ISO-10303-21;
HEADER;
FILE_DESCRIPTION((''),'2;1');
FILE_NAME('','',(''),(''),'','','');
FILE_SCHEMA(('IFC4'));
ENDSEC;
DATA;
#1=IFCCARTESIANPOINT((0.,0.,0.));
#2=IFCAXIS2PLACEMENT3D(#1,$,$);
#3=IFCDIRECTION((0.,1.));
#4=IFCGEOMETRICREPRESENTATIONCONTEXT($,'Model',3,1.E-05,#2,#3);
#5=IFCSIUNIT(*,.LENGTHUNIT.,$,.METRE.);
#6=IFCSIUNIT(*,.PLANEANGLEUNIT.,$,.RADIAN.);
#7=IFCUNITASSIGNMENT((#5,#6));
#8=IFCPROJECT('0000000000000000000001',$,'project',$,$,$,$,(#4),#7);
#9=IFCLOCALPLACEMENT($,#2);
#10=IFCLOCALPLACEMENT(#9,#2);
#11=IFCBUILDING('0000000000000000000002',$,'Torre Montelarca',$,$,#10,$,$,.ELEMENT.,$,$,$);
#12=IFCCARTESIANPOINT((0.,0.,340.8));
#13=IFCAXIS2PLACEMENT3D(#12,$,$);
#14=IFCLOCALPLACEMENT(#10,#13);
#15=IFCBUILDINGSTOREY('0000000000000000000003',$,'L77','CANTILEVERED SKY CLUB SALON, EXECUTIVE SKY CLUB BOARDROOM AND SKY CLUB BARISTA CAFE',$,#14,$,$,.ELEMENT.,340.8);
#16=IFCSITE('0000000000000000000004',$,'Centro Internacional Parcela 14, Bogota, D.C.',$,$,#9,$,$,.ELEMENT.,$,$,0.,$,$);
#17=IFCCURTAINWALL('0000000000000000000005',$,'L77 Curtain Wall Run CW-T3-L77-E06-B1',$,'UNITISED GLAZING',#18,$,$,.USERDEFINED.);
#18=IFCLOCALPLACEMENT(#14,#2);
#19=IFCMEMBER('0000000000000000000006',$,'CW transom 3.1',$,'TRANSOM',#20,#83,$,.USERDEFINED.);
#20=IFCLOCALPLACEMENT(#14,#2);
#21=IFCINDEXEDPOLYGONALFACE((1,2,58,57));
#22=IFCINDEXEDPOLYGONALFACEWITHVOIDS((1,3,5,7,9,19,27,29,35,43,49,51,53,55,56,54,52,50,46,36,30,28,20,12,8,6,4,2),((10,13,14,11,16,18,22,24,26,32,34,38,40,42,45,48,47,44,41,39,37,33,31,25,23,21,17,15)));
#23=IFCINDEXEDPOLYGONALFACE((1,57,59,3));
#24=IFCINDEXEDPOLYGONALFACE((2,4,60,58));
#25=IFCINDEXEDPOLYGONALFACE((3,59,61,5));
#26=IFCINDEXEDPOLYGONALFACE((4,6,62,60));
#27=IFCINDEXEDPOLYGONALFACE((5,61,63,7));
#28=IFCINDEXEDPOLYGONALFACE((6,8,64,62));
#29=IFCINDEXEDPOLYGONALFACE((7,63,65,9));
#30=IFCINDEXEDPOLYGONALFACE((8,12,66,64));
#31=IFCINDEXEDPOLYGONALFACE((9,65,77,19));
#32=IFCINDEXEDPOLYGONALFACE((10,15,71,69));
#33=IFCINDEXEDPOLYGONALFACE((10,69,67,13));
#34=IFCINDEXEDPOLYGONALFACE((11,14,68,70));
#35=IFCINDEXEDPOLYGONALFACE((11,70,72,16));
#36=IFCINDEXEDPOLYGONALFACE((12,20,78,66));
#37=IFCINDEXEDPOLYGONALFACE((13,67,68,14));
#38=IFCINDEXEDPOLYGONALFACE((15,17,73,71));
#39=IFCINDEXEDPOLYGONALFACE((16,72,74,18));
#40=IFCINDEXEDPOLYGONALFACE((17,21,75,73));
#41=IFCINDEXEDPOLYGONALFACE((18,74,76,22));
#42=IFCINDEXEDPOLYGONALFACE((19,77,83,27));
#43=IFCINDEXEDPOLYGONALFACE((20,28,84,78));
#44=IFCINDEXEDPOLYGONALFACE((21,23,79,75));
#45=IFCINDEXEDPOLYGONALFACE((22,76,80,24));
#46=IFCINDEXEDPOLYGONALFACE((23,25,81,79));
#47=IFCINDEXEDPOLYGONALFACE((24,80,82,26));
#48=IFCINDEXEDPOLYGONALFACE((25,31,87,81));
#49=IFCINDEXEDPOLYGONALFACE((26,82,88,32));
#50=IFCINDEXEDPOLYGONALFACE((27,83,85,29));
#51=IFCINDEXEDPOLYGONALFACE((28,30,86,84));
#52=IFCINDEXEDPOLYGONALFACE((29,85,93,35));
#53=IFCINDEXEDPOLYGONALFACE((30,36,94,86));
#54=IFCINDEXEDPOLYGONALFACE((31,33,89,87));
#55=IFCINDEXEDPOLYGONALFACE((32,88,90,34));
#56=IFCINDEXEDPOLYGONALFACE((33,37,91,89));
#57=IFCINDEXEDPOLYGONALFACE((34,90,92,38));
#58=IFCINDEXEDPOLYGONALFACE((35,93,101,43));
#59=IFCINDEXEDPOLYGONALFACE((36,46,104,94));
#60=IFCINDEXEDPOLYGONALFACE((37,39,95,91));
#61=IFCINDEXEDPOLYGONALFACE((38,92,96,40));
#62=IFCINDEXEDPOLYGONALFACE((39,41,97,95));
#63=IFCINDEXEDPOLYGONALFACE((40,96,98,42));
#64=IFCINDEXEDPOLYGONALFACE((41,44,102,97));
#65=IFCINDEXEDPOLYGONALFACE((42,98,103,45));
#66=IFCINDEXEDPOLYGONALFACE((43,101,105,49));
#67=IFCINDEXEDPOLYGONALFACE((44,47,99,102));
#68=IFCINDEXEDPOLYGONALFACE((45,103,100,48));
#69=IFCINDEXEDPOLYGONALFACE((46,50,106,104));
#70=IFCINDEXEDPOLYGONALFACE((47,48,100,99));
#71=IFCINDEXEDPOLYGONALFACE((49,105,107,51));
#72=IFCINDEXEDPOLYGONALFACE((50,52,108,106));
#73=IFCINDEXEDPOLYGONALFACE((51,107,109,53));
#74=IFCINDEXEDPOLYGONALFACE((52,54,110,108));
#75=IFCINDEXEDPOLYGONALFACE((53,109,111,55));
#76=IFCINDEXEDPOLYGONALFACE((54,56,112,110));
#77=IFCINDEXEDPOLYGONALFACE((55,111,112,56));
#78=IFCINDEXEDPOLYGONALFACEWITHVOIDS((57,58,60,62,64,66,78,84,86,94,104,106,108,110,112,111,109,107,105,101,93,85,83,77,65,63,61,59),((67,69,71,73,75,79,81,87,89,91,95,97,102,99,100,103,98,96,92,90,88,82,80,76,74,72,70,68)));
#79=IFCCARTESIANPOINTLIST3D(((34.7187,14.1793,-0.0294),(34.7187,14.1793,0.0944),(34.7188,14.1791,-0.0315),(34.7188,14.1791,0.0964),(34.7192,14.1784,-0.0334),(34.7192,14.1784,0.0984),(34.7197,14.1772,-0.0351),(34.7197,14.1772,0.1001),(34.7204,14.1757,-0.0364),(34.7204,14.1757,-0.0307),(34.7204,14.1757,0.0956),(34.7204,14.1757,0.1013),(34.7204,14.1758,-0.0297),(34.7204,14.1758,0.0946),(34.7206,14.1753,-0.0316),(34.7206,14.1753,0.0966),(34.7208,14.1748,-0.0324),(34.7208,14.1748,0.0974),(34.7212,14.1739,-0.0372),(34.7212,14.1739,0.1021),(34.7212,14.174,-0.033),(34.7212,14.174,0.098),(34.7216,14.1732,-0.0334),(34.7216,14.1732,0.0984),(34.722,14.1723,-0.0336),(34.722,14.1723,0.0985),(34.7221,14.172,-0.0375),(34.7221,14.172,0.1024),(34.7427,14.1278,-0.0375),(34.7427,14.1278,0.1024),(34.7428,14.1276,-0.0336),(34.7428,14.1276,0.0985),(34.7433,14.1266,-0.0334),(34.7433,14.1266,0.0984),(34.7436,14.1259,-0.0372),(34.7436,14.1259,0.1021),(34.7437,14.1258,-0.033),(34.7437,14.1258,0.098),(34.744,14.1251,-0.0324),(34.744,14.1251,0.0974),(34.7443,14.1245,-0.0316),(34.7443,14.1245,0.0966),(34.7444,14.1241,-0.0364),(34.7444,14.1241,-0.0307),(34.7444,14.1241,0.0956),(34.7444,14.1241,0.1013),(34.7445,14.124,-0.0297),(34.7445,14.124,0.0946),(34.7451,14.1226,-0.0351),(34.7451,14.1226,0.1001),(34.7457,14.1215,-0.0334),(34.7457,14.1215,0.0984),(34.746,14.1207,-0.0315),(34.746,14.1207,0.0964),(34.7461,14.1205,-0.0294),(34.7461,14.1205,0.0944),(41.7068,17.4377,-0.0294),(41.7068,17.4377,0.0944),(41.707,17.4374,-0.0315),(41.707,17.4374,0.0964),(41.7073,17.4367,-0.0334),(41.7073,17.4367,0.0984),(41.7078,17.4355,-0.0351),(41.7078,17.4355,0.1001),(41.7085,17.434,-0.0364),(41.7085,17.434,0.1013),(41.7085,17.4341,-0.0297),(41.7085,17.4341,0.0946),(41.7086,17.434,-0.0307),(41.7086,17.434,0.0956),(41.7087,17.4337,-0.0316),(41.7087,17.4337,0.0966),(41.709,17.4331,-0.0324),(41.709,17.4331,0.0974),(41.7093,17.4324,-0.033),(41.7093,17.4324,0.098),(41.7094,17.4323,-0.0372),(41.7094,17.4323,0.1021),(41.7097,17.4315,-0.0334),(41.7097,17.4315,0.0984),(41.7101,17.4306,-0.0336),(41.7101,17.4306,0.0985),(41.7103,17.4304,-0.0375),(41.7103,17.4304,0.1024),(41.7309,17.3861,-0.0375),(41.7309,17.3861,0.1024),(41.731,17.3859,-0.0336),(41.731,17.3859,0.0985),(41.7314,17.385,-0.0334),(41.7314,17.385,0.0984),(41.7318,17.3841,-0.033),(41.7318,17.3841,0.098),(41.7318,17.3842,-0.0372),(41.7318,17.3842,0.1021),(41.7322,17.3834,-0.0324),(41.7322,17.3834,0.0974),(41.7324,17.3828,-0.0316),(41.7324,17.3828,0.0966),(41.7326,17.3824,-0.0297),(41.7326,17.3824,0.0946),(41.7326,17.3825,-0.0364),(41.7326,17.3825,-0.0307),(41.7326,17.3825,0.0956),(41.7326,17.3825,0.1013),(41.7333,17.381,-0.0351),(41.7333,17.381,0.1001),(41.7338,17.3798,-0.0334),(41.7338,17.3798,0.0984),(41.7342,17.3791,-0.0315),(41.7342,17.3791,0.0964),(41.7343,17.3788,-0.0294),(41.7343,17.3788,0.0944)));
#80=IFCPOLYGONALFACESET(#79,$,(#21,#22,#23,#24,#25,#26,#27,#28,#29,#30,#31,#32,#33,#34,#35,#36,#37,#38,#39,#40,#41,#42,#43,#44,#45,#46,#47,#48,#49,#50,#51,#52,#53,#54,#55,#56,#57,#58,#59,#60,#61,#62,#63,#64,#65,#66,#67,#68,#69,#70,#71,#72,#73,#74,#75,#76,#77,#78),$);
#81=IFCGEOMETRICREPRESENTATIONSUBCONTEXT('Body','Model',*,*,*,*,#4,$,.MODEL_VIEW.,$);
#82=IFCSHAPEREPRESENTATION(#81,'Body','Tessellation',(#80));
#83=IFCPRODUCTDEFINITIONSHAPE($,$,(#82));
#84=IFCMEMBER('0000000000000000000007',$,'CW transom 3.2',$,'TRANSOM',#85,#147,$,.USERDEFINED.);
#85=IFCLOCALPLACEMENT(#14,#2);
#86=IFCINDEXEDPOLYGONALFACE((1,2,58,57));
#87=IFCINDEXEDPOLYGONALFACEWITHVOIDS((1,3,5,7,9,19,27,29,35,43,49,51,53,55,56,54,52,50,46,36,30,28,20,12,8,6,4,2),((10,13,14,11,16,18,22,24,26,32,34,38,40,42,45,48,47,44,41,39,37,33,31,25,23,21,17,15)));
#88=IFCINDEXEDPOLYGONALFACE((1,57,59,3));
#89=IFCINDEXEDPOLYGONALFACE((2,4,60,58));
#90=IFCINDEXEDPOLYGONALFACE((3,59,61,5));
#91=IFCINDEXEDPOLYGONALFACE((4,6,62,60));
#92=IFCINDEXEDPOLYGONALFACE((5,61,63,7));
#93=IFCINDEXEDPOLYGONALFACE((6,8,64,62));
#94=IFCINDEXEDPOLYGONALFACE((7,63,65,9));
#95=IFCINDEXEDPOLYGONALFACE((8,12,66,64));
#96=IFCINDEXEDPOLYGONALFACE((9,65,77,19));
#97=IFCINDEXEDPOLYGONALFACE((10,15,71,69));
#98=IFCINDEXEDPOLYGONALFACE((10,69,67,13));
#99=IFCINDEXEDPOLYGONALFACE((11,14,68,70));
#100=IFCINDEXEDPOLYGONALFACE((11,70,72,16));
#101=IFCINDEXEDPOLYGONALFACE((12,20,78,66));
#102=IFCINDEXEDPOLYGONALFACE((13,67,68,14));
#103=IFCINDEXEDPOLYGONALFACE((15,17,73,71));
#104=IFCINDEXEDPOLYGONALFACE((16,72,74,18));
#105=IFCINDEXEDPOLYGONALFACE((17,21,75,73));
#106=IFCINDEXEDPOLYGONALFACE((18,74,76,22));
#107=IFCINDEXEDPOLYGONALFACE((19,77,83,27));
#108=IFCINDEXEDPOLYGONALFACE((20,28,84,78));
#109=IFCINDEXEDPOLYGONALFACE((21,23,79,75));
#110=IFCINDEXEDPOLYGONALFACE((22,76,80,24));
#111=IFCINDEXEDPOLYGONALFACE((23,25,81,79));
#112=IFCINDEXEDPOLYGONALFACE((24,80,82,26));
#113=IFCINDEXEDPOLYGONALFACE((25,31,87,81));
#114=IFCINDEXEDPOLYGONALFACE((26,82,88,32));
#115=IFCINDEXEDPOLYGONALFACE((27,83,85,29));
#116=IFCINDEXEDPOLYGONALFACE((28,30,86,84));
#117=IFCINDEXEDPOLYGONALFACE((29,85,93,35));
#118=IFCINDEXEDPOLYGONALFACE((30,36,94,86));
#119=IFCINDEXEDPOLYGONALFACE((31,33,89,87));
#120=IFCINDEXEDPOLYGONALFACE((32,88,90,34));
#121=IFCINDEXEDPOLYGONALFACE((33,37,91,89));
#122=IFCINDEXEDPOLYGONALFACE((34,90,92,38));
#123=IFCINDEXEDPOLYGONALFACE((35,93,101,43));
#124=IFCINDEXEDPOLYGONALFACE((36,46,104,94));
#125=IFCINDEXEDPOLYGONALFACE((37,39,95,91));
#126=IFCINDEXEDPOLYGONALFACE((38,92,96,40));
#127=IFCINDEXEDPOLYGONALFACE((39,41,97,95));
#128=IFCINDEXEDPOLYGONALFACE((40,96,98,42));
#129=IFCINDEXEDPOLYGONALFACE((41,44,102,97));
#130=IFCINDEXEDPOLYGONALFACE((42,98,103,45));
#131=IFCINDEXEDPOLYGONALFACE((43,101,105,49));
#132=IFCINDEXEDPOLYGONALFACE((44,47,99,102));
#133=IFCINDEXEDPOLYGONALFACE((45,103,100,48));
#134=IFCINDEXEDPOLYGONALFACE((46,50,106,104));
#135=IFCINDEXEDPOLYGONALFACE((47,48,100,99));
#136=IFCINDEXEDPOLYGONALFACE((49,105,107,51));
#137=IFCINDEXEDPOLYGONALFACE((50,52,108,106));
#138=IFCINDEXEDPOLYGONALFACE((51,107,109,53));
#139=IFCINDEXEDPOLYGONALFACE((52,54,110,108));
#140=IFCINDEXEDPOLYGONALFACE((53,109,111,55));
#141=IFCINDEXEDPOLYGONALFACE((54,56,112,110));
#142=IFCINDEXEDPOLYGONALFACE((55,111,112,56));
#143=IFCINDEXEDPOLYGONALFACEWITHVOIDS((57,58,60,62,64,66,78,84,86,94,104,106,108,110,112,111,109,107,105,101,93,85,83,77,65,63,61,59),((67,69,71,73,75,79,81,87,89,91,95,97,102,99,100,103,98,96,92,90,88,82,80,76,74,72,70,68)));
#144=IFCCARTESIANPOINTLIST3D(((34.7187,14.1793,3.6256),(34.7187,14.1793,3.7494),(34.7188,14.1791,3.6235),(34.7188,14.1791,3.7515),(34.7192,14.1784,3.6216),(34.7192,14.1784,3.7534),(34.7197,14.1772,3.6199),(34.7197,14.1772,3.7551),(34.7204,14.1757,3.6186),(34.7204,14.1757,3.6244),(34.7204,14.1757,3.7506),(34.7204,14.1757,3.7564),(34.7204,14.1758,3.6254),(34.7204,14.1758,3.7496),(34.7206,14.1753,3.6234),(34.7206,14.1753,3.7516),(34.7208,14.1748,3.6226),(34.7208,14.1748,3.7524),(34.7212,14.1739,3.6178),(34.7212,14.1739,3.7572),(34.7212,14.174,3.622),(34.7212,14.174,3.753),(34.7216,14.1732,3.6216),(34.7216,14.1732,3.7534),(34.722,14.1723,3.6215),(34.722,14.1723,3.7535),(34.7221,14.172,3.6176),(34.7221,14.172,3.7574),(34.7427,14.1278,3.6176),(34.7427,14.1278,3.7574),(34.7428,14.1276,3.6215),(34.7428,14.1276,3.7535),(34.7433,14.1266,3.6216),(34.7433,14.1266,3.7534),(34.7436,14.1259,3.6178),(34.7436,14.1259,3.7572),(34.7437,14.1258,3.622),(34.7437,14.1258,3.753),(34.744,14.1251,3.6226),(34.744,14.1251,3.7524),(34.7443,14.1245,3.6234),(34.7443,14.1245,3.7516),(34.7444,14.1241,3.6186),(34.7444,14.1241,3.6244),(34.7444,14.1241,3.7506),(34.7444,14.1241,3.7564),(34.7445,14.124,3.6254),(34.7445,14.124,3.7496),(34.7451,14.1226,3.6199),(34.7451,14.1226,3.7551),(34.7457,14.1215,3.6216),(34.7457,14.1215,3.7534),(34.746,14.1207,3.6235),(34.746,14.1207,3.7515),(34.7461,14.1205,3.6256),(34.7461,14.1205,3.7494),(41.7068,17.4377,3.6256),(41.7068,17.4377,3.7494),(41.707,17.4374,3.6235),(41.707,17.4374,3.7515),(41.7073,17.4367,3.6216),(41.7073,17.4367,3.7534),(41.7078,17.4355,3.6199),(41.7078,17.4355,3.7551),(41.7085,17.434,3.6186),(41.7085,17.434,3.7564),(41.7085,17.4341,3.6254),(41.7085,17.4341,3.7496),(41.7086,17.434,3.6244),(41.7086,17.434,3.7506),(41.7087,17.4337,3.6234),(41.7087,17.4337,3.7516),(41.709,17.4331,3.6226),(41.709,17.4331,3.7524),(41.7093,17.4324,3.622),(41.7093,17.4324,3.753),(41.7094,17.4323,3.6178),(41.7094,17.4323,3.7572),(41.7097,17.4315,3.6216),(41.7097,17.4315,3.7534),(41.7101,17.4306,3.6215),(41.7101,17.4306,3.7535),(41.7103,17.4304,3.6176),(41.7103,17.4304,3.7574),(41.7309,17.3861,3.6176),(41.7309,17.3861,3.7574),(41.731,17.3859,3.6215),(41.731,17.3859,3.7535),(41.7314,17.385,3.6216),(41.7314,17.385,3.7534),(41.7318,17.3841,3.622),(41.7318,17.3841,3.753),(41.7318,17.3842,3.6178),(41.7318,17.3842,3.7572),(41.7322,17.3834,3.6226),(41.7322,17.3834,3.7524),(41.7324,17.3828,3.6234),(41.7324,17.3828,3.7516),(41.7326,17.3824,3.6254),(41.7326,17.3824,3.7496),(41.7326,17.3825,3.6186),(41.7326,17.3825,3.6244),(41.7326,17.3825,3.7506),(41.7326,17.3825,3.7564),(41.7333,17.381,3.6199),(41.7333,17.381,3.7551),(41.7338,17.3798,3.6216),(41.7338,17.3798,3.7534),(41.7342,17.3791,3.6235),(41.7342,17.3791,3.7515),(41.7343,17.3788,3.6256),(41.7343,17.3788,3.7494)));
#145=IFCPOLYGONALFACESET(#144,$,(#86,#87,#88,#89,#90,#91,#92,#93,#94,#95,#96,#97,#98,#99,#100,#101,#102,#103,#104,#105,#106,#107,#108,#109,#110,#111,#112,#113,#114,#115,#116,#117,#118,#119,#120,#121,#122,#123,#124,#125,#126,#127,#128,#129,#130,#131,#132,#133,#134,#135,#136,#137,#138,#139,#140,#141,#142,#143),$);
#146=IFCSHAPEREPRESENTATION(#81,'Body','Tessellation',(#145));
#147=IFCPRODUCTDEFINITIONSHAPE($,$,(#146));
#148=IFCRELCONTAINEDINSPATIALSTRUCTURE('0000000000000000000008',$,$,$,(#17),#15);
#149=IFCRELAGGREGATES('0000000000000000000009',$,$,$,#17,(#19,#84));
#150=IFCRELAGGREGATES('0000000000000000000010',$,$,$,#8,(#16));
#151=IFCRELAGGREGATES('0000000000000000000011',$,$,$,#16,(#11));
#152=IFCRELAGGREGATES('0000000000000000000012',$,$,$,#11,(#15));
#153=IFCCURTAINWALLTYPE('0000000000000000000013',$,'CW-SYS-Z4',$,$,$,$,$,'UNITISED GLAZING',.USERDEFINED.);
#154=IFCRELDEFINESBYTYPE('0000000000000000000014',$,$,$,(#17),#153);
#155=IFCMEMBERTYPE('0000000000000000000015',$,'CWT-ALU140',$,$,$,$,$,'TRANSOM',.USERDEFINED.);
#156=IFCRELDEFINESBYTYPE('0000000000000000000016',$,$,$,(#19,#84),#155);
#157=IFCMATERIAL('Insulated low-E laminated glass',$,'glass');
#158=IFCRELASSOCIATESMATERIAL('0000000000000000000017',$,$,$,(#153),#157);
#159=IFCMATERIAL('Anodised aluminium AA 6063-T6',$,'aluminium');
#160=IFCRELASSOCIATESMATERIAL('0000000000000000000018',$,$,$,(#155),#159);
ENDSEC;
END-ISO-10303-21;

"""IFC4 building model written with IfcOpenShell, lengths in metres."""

from ifc_helpers import new_model, si_unit, direction, frame, origin, origin_2d, place, context, subcontext, project, spatial, hollow_rectangle, extrude, source, transform, mapped, material, material_profile, profile_set, type_object, element, aggregate, save


model = new_model("IFC4")

# Units and contexts
model_context = context("Model", 3, precision=1e-05, world=origin(), true_north=direction((0.0, 1.0)))
body_context = subcontext(model_context, "Body", "Model", "MODEL_VIEW")
ifc_project = project(units=[si_unit("LENGTHUNIT", "METRE"), si_unit("PLANEANGLEUNIT", "RADIAN")], contexts=[model_context])

# Site, building, storey
site_placement = place(None, origin())
site = spatial("IfcSite", under=ifc_project, at=site_placement, Name="Centro Internacional Parcela 14, Bogota, D.C.", CompositionType="ELEMENT", RefElevation=0.0)
building_placement = place(site_placement, origin())
building = spatial("IfcBuilding", under=site, at=building_placement, Name="Torre Montelarca", CompositionType="ELEMENT")
storey_placement = place(building_placement, frame((0.0, 0.0, 340.8)))
storey = spatial("IfcBuildingStorey", under=building, at=storey_placement, Name="L77", Description="CANTILEVERED SKY CLUB SALON, EXECUTIVE SKY CLUB BOARDROOM AND SKY CLUB BARISTA CAFE", CompositionType="ELEMENT", Elevation=340.8)

# Curtain wall
ifc_material_1 = material(Name="Insulated low-E laminated glass", Category="glass")
curtain_wall_type = type_object("IfcCurtainWallType", Name="CW-SYS-Z4", ElementType="UNITISED GLAZING", PredefinedType="USERDEFINED", material=ifc_material_1)
curtain_wall_1_placement = place(storey_placement, origin())
curtain_wall_1 = element("IfcCurtainWall", 1, at=curtain_wall_1_placement, inside=storey, type_object=curtain_wall_type, Name="L77 Curtain Wall Run CW-T3-L77-E06-B1", ObjectType="UNITISED GLAZING", PredefinedType="USERDEFINED")
ifc_material_2 = material(Name="Anodised aluminium AA 6063-T6", Category="aluminium")

# Members
ifc_material_profile_1 = material_profile(ifc_material_2, hollow_rectangle(XDim=0.0649, YDim=0.1399, WallThickness=0.0039, InnerFilletRadius=0.0039, OuterFilletRadius=0.0081, at=origin_2d()), Name="ALU65X140X4", Category="aluminium")
ifc_profile_set_1 = profile_set([ifc_material_profile_1], Name="Anodised aluminium AA 6063-T6")
member_type_1 = type_object("IfcMemberType", Name="CWT-ALU140", ElementType="TRANSOM", PredefinedType="USERDEFINED", material=ifc_profile_set_1)
shared_shape_1 = source(origin(), body_context, "Body", "SweptSolid", [
    extrude(hollow_rectangle(XDim=0.0649, YDim=0.1399, WallThickness=0.0039, InnerFilletRadius=0.0039, OuterFilletRadius=0.0081, at=origin_2d()), origin(), (0.0, 0.0, 1.0), 7.7104),
])
member_1_placement = place(storey_placement, frame((34.7324, 14.1499, 0.0325), z_axis=(0.906321, 0.422589, 0.0), x_axis=(-0.422589, 0.906321, 0.0)))
member_1 = element("IfcMember", 2, at=member_1_placement, type_object=member_type_1, Name="CW transom 3.1", ObjectType="TRANSOM", PredefinedType="USERDEFINED", context=body_context, shape_type="MappedRepresentation", body=[
    mapped(shared_shape_1, transform((0.0, 0.0, 0.0), scale=1.0)),
])
member_2_placement = place(storey_placement, frame((34.7324, 14.1499, 3.6875), z_axis=(0.906321, 0.422589, 0.0), x_axis=(-0.422589, 0.906321, 0.0)))
member_2 = element("IfcMember", 3, at=member_2_placement, type_object=member_type_1, Name="CW transom 3.2", ObjectType="TRANSOM", PredefinedType="USERDEFINED", context=body_context, shape_type="MappedRepresentation", body=[
    mapped(shared_shape_1, transform((0.0, 0.0, 0.0), scale=1.0)),
])

aggregate(curtain_wall_1, [member_1, member_2])

save(model, "model.ifc")
